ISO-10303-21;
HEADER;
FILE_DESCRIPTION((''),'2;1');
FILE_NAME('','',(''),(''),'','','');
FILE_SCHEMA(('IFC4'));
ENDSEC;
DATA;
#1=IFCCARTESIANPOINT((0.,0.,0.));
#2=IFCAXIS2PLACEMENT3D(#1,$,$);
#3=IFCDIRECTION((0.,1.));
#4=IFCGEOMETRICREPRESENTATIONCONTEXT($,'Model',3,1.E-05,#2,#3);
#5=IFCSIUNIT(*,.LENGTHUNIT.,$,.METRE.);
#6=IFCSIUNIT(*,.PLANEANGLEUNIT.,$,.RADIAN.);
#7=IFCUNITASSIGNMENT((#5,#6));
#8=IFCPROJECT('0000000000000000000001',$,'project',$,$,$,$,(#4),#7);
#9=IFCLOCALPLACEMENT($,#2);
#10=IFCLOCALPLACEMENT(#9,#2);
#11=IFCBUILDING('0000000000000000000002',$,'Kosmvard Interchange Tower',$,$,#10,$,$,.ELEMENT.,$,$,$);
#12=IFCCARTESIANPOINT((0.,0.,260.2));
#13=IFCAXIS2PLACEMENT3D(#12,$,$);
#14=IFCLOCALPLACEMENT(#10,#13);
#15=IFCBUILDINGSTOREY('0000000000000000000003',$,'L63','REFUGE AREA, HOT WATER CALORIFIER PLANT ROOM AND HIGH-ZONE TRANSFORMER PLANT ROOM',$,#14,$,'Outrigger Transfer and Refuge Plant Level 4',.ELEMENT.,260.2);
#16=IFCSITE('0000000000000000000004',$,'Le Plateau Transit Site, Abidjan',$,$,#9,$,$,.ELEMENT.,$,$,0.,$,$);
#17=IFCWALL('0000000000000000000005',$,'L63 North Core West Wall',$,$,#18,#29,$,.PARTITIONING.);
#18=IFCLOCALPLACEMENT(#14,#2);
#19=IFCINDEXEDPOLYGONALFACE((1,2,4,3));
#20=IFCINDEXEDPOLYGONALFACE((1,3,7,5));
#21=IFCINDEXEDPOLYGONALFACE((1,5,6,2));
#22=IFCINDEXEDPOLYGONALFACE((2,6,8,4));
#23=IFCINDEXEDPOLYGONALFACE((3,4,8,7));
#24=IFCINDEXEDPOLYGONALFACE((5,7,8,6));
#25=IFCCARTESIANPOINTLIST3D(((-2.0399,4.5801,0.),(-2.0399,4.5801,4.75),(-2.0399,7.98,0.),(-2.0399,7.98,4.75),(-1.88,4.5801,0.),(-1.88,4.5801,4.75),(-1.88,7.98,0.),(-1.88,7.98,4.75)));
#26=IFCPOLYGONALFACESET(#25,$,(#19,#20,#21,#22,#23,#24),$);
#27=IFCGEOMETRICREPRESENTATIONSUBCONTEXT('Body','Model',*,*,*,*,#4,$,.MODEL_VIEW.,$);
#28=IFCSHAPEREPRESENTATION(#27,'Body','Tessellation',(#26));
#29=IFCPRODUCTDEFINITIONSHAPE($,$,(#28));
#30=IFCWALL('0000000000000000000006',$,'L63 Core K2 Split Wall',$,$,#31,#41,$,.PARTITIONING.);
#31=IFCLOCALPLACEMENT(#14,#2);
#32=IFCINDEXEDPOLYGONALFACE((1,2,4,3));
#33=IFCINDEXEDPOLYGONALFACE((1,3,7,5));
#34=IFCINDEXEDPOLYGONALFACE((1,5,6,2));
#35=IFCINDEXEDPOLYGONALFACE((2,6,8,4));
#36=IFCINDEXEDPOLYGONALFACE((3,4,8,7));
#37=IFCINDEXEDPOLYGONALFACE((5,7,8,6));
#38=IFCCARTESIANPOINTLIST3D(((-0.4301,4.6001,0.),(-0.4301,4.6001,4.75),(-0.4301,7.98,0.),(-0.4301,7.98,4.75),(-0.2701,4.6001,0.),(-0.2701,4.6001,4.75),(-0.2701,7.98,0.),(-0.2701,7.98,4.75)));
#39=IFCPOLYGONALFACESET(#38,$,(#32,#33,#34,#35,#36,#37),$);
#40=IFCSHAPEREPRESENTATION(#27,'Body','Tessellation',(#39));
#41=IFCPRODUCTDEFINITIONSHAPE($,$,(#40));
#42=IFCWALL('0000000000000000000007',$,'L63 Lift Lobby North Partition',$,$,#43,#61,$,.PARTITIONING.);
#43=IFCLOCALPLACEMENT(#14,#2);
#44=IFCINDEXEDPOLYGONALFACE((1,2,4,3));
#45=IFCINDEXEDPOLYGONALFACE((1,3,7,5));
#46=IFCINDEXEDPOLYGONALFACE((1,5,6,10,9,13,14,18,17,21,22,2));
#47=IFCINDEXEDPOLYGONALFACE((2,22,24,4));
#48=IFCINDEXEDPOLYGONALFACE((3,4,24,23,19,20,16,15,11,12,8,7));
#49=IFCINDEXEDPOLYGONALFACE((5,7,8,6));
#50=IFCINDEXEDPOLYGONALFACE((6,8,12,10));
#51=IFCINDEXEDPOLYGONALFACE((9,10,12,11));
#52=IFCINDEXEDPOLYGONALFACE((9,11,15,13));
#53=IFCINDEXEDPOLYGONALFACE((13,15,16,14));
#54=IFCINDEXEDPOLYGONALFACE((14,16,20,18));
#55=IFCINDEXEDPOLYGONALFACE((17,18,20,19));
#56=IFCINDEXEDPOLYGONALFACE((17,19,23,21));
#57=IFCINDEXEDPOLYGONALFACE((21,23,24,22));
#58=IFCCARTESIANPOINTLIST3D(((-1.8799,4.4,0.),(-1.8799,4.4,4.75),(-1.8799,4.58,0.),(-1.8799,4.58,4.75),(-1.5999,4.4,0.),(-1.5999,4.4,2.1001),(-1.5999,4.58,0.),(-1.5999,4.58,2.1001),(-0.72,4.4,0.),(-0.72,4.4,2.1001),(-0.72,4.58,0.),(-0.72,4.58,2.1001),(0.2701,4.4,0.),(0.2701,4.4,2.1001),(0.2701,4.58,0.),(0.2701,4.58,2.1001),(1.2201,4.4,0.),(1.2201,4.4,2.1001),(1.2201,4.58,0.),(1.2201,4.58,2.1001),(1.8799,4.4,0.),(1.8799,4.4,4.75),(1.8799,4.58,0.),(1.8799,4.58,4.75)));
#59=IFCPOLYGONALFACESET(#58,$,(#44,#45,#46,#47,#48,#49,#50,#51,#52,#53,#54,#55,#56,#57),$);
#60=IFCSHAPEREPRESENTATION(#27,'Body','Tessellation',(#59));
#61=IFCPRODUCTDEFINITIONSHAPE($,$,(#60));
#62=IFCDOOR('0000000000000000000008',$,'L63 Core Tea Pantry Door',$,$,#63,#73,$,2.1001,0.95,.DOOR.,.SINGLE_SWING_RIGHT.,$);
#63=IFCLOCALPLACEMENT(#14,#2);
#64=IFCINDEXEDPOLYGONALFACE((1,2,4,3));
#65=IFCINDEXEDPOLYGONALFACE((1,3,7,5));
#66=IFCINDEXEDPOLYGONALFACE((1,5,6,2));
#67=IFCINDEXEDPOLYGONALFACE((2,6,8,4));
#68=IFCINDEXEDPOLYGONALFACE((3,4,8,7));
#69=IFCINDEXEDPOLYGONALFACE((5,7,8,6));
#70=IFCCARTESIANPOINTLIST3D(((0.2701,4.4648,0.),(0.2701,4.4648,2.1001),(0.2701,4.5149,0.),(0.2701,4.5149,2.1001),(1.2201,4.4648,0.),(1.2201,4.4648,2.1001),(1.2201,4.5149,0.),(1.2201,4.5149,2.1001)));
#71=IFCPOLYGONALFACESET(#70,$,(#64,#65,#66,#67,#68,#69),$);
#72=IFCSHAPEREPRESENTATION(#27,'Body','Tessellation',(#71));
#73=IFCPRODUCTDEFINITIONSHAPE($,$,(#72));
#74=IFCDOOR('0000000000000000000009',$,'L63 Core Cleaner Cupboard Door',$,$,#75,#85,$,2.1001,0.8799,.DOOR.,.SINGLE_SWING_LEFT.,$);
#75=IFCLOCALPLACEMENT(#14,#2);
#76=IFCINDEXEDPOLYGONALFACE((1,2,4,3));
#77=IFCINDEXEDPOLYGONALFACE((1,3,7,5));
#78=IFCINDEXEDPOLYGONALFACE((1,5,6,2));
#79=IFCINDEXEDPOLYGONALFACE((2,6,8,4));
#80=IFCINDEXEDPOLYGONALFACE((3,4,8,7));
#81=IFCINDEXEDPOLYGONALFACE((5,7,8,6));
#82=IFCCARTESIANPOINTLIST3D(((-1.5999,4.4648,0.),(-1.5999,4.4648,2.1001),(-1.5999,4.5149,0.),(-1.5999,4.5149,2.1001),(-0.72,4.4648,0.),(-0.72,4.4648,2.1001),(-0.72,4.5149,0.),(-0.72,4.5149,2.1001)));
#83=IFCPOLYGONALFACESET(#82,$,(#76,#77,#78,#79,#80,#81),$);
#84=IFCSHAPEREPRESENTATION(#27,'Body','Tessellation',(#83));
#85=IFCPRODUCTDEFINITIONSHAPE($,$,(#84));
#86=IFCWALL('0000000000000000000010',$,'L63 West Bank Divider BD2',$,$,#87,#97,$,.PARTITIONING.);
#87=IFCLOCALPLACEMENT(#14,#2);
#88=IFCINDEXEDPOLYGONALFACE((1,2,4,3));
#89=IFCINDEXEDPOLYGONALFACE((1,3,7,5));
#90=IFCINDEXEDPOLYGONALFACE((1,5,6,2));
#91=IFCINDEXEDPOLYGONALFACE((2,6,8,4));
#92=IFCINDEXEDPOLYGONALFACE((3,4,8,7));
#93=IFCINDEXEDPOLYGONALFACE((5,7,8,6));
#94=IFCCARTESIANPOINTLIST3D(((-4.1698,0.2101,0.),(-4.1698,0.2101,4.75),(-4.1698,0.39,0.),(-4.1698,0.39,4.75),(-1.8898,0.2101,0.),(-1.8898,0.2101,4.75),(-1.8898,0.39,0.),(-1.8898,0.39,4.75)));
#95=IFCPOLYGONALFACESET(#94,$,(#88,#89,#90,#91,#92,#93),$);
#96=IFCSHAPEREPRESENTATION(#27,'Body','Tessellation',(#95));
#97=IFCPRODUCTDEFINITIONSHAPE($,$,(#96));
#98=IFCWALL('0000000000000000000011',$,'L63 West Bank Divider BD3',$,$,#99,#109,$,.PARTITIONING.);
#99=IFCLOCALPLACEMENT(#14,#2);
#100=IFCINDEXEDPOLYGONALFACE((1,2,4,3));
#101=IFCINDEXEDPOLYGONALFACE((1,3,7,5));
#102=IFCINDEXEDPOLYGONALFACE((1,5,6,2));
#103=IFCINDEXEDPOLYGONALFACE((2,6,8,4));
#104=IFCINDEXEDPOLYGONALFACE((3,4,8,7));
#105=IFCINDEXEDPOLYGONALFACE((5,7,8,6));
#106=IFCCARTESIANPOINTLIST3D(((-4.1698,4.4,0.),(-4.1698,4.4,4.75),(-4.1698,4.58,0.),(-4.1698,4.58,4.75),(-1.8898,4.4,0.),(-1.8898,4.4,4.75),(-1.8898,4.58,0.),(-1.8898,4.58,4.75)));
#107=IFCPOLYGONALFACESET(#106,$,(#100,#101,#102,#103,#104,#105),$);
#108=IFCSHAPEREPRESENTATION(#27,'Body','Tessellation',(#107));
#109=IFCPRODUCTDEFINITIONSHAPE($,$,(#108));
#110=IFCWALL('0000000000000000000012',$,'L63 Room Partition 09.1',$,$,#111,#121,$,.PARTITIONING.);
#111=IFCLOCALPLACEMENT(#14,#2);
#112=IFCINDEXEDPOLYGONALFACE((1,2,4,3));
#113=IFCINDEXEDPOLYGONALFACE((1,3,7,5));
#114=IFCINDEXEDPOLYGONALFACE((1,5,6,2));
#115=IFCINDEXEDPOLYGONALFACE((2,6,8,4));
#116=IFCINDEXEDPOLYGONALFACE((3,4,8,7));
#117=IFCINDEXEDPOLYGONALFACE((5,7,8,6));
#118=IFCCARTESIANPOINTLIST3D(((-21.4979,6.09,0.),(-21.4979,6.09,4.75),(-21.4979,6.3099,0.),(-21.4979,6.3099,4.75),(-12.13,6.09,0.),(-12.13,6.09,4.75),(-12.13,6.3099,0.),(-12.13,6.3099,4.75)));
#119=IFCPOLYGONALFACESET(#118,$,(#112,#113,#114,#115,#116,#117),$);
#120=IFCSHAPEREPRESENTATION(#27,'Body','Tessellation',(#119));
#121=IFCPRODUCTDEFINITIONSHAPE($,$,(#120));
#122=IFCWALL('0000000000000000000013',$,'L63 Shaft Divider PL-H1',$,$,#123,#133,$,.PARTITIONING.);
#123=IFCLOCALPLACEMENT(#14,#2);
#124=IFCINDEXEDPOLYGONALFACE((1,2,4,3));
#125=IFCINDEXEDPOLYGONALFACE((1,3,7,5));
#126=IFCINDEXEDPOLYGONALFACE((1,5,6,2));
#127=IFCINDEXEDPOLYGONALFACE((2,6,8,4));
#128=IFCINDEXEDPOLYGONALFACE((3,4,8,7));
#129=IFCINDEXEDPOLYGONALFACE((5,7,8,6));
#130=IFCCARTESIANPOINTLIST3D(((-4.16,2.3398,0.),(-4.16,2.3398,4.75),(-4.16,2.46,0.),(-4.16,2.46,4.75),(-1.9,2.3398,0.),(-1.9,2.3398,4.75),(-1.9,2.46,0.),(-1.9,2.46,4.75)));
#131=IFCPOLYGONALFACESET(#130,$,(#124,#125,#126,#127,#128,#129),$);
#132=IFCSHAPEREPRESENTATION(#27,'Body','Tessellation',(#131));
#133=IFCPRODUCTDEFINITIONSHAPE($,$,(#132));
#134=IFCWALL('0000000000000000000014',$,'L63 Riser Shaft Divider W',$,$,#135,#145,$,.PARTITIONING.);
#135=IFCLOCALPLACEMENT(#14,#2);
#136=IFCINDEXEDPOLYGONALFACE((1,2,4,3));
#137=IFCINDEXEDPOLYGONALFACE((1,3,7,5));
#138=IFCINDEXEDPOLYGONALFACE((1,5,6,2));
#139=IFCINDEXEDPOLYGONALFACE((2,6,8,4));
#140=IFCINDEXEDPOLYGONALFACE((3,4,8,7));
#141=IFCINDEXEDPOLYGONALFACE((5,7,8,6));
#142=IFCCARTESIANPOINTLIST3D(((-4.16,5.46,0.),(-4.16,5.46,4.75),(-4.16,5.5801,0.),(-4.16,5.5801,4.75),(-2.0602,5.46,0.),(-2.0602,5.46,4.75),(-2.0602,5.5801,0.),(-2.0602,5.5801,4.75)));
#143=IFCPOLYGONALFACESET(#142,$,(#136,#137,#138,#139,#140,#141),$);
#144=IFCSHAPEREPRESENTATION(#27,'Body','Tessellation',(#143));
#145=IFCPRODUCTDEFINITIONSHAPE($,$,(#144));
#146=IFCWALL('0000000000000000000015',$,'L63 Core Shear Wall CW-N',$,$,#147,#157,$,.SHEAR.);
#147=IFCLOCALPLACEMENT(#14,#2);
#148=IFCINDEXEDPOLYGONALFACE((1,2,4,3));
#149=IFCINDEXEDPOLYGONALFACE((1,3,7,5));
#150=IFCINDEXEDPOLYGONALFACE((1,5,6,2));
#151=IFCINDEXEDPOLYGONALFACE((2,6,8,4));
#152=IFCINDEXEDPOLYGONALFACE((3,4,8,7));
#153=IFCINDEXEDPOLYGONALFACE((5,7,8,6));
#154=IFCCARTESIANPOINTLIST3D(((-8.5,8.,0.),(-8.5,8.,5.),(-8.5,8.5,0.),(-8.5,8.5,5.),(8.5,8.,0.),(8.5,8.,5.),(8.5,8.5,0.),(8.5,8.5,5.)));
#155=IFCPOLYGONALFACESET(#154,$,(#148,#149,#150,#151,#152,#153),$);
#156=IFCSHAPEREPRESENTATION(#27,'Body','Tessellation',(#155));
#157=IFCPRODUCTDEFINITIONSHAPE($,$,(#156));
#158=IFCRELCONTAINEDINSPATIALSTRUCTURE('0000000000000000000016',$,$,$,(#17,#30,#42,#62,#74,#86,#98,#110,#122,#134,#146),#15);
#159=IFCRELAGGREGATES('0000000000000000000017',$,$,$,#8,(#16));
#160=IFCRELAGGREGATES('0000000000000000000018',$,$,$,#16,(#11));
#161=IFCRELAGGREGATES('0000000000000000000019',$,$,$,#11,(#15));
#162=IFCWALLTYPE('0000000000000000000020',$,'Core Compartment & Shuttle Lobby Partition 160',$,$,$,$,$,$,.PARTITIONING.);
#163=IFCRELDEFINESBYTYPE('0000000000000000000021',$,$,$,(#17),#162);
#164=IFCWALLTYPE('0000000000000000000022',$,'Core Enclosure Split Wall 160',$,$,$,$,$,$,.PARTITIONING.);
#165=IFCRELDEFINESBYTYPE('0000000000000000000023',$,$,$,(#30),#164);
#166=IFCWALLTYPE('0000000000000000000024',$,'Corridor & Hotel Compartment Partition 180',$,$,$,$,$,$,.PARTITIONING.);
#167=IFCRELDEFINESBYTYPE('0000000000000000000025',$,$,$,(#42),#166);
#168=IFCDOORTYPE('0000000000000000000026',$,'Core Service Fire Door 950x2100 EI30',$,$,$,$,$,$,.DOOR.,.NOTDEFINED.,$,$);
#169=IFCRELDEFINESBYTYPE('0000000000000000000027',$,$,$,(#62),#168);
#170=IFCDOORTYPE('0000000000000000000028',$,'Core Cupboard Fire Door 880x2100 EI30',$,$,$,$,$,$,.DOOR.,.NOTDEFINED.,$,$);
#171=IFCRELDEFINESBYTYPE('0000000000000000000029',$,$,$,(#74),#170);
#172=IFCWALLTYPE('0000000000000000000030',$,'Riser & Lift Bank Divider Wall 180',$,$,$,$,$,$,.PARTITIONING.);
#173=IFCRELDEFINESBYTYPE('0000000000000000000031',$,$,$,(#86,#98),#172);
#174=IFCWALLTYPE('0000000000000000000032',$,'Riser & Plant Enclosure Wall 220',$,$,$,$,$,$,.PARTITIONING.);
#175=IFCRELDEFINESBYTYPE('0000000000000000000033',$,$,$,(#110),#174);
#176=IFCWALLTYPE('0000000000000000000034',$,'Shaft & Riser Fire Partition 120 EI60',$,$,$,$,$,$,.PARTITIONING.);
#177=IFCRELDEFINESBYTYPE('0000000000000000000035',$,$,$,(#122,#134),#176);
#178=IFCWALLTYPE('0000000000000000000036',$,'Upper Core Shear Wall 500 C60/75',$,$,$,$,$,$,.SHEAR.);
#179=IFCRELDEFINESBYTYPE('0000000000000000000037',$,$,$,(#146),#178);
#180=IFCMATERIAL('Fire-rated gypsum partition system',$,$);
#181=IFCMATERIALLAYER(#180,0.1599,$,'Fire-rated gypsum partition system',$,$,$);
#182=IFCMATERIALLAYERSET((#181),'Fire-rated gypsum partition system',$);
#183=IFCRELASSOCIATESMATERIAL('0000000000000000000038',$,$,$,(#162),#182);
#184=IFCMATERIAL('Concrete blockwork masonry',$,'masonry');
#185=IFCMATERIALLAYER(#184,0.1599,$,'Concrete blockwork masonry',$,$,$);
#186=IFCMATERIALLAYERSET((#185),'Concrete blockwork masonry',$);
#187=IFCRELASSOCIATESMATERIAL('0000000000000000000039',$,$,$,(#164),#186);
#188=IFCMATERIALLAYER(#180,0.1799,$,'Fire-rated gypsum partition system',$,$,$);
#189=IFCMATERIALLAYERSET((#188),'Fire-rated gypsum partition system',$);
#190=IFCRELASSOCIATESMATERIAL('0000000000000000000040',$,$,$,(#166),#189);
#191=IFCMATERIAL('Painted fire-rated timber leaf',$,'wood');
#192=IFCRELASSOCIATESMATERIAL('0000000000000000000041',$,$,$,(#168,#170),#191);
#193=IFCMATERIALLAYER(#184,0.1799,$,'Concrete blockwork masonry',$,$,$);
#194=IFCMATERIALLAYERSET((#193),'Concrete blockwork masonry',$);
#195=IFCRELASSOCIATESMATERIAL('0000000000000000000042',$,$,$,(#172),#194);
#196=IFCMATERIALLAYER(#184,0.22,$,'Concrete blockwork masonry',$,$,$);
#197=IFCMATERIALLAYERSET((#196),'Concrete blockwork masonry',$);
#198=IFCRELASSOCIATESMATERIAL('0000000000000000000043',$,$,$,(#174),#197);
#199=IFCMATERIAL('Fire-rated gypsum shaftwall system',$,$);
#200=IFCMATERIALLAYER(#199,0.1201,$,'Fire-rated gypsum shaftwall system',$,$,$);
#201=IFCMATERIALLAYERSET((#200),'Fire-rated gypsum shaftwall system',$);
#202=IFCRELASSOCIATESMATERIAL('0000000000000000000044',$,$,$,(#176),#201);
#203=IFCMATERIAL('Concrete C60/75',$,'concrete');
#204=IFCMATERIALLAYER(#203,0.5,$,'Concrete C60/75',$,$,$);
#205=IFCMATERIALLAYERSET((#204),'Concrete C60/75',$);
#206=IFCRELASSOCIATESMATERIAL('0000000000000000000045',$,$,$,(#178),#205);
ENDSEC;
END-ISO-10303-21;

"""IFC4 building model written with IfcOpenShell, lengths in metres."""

from ifc_helpers import new_model, si_unit, direction, frame, frame_2d, origin, place, context, subcontext, project, spatial, rectangle, extrude, source, transform, mapped, material, layer, layer_set, type_object, element, fill, save


model = new_model("IFC4")

# Units and contexts
model_context = context("Model", 3, precision=1e-05, world=origin(), true_north=direction((0.0, 1.0)))
body_context = subcontext(model_context, "Body", "Model", "MODEL_VIEW")
ifc_project = project(units=[si_unit("LENGTHUNIT", "METRE"), si_unit("PLANEANGLEUNIT", "RADIAN")], contexts=[model_context])

# Site, building, storey
site_placement = place(None, origin())
site = spatial("IfcSite", under=ifc_project, at=site_placement, Name="Le Plateau Transit Site, Abidjan", CompositionType="ELEMENT", RefElevation=0.0)
building_placement = place(site_placement, origin())
building = spatial("IfcBuilding", under=site, at=building_placement, Name="Kosmvard Interchange Tower", CompositionType="ELEMENT")
storey_placement = place(building_placement, frame((0.0, 0.0, 260.2)))
storey = spatial("IfcBuildingStorey", under=building, at=storey_placement, Name="L63", Description="REFUGE AREA, HOT WATER CALORIFIER PLANT ROOM AND HIGH-ZONE TRANSFORMER PLANT ROOM", LongName="Outrigger Transfer and Refuge Plant Level 4", CompositionType="ELEMENT", Elevation=260.2)

# Walls
ifc_material_1 = material(Name="Fire-rated gypsum partition system")
ifc_layer_1 = layer(ifc_material_1, 0.1599, Name="Fire-rated gypsum partition system")
ifc_layer_set_1 = layer_set([ifc_layer_1], Name="Fire-rated gypsum partition system")
wall_type_1 = type_object("IfcWallType", Name="Core Compartment & Shuttle Lobby Partition 160", PredefinedType="PARTITIONING", material=ifc_layer_set_1)
wall_1_placement = place(storey_placement, frame((-1.96, 4.5801, 0.0), z_axis=(0.0, 0.0, 1.0), x_axis=(0.0, 1.0, 0.0)))
element("IfcWall", 1, at=wall_1_placement, inside=storey, type_object=wall_type_1, Name="L63 North Core West Wall", PredefinedType="PARTITIONING", context=body_context, shape_type="SweptSolid", body=[
    extrude(rectangle(XDim=3.3999, YDim=0.1599, at=frame_2d((1.7, 0.0))), origin(), (0.0, 0.0, 1.0), 4.75),
])
ifc_material_2 = material(Name="Concrete blockwork masonry", Category="masonry")
ifc_layer_2 = layer(ifc_material_2, 0.1599, Name="Concrete blockwork masonry")
ifc_layer_set_2 = layer_set([ifc_layer_2], Name="Concrete blockwork masonry")
wall_type_2 = type_object("IfcWallType", Name="Core Enclosure Split Wall 160", PredefinedType="PARTITIONING", material=ifc_layer_set_2)
wall_2_placement = place(storey_placement, frame((-0.3501, 4.6001, 0.0), z_axis=(0.0, 0.0, 1.0), x_axis=(0.0, 1.0, 0.0)))
element("IfcWall", 2, at=wall_2_placement, inside=storey, type_object=wall_type_2, Name="L63 Core K2 Split Wall", PredefinedType="PARTITIONING", context=body_context, shape_type="SweptSolid", body=[
    extrude(rectangle(XDim=3.3799, YDim=0.1599, at=frame_2d((1.6899, 0.0))), origin(), (0.0, 0.0, 1.0), 4.75),
])

# Wall, openings, doors
ifc_layer_3 = layer(ifc_material_1, 0.1799, Name="Fire-rated gypsum partition system")
ifc_layer_set_3 = layer_set([ifc_layer_3], Name="Fire-rated gypsum partition system")
wall_type_3 = type_object("IfcWallType", Name="Corridor & Hotel Compartment Partition 180", PredefinedType="PARTITIONING", material=ifc_layer_set_3)
wall_3_placement = place(storey_placement, frame((-1.8799, 4.49, 0.0), z_axis=(0.0, 0.0, 1.0), x_axis=(1.0, 0.0, 0.0)))
wall_3 = element("IfcWall", 3, at=wall_3_placement, inside=storey, type_object=wall_type_3, Name="L63 Lift Lobby North Partition", PredefinedType="PARTITIONING", context=body_context, shape_type="SweptSolid", body=[
    extrude(rectangle(XDim=3.7598, YDim=0.1799, at=frame_2d((1.8799, 0.0))), origin(), (0.0, 0.0, 1.0), 4.75),
])
opening_1_placement = place(wall_3_placement, frame((0.28, 0.0, 0.0)))
opening_1 = element("IfcOpeningElement", 4, at=opening_1_placement, cuts=wall_3, PredefinedType="OPENING", context=body_context, shape_type="SweptSolid", body=[
    extrude(rectangle(XDim=0.8799, YDim=2.1001, at=frame_2d((0.4399, 1.05))), frame((0.0, 0.1001, 0.0), z_axis=(0.0, -1.0, 0.0), x_axis=(1.0, 0.0, 0.0)), (0.0, 0.0, 1.0), 0.2),
])
opening_2_placement = place(wall_3_placement, frame((2.1499, 0.0, 0.0)))
opening_2 = element("IfcOpeningElement", 5, at=opening_2_placement, cuts=wall_3, PredefinedType="OPENING", context=body_context, shape_type="SweptSolid", body=[
    extrude(rectangle(XDim=0.95, YDim=2.1001, at=frame_2d((0.4751, 1.05))), frame((0.0, 0.1001, 0.0), z_axis=(0.0, -1.0, 0.0), x_axis=(1.0, 0.0, 0.0)), (0.0, 0.0, 1.0), 0.2),
])
ifc_material_3 = material(Name="Painted fire-rated timber leaf", Category="wood")
door_type_1 = type_object("IfcDoorType", Name="Core Service Fire Door 950x2100 EI30", OperationType="NOTDEFINED", PredefinedType="DOOR", material=ifc_material_3)
shared_shape_1 = source(origin(), body_context, "Body", "SweptSolid", [
    extrude(rectangle(XDim=0.95, YDim=2.1001, at=frame_2d((0.4751, 1.05))), frame((0.0, 0.0249, 0.0), z_axis=(0.0, -1.0, 0.0), x_axis=(1.0, 0.0, 0.0)), (0.0, 0.0, 1.0), 0.05),
])
door_1_placement = place(opening_2_placement, origin())
door_1 = element("IfcDoor", 6, at=door_1_placement, inside=storey, type_object=door_type_1, Name="L63 Core Tea Pantry Door", OperationType="SINGLE_SWING_RIGHT", OverallHeight=2.1001, OverallWidth=0.95, PredefinedType="DOOR", context=body_context, shape_type="MappedRepresentation", body=[
    mapped(shared_shape_1, transform((0.0, 0.0, 0.0), scale=1.0)),
])
fill(opening_2, door_1)
door_type_2 = type_object("IfcDoorType", Name="Core Cupboard Fire Door 880x2100 EI30", OperationType="NOTDEFINED", PredefinedType="DOOR", material=ifc_material_3)
shared_shape_2 = source(origin(), body_context, "Body", "SweptSolid", [
    extrude(rectangle(XDim=0.8799, YDim=2.1001, at=frame_2d((0.4399, 1.05))), frame((0.0, 0.0249, 0.0), z_axis=(0.0, -1.0, 0.0), x_axis=(1.0, 0.0, 0.0)), (0.0, 0.0, 1.0), 0.05),
])
door_2_placement = place(opening_1_placement, origin())
door_2 = element("IfcDoor", 7, at=door_2_placement, inside=storey, type_object=door_type_2, Name="L63 Core Cleaner Cupboard Door", OperationType="SINGLE_SWING_LEFT", OverallHeight=2.1001, OverallWidth=0.8799, PredefinedType="DOOR", context=body_context, shape_type="MappedRepresentation", body=[
    mapped(shared_shape_2, transform((0.0, 0.0, 0.0), scale=1.0)),
])
fill(opening_1, door_2)

# Walls
ifc_layer_4 = layer(ifc_material_2, 0.1799, Name="Concrete blockwork masonry")
ifc_layer_set_4 = layer_set([ifc_layer_4], Name="Concrete blockwork masonry")
wall_type_4 = type_object("IfcWallType", Name="Riser & Lift Bank Divider Wall 180", PredefinedType="PARTITIONING", material=ifc_layer_set_4)
for number, where, z_axis, x_axis, name in (
    (8, (-4.1699, 0.3, 0.0), (0.0, 0.0, 1.0), (1.0, 0.0, 0.0), "L63 West Bank Divider BD2"),
    (9, (-4.1699, 4.49, 0.0), (0.0, 0.0, 1.0), (1.0, 0.0, 0.0), "L63 West Bank Divider BD3"),
):
    element("IfcWall", number, at=place(storey_placement, frame(where, z_axis=z_axis, x_axis=x_axis)), inside=storey, type_object=wall_type_4, Name=name, PredefinedType="PARTITIONING", context=body_context, shape_type="SweptSolid", body=[
        extrude(rectangle(XDim=2.28, YDim=0.1799, at=frame_2d((1.1401, 0.0))), origin(), (0.0, 0.0, 1.0), 4.75),
    ])
ifc_layer_5 = layer(ifc_material_2, 0.22, Name="Concrete blockwork masonry")
ifc_layer_set_5 = layer_set([ifc_layer_5], Name="Concrete blockwork masonry")
wall_type_5 = type_object("IfcWallType", Name="Riser & Plant Enclosure Wall 220", PredefinedType="PARTITIONING", material=ifc_layer_set_5)
wall_4_placement = place(storey_placement, frame((-12.1299, 6.2, 0.0), z_axis=(0.0, 0.0, 1.0), x_axis=(-1.0, 0.0, 0.0)))
element("IfcWall", 10, at=wall_4_placement, inside=storey, type_object=wall_type_5, Name="L63 Room Partition 09.1", PredefinedType="PARTITIONING", context=body_context, shape_type="SweptSolid", body=[
    extrude(rectangle(XDim=9.3679, YDim=0.22, at=frame_2d((4.6841, 0.0))), origin(), (0.0, 0.0, 1.0), 4.75),
])
ifc_material_4 = material(Name="Fire-rated gypsum shaftwall system")
ifc_layer_6 = layer(ifc_material_4, 0.1201, Name="Fire-rated gypsum shaftwall system")
ifc_layer_set_6 = layer_set([ifc_layer_6], Name="Fire-rated gypsum shaftwall system")
wall_type_6 = type_object("IfcWallType", Name="Shaft & Riser Fire Partition 120 EI60", PredefinedType="PARTITIONING", material=ifc_layer_set_6)
wall_5_placement = place(storey_placement, frame((-4.1599, 2.3999, 0.0), z_axis=(0.0, 0.0, 1.0), x_axis=(1.0, 0.0, 0.0)))
element("IfcWall", 11, at=wall_5_placement, inside=storey, type_object=wall_type_6, Name="L63 Shaft Divider PL-H1", PredefinedType="PARTITIONING", context=body_context, shape_type="SweptSolid", body=[
    extrude(rectangle(XDim=2.26, YDim=0.1201, at=frame_2d((1.1299, 0.0))), origin(), (0.0, 0.0, 1.0), 4.75),
])
wall_6_placement = place(storey_placement, frame((-4.1599, 5.52, 0.0), z_axis=(0.0, 0.0, 1.0), x_axis=(1.0, 0.0, 0.0)))
element("IfcWall", 12, at=wall_6_placement, inside=storey, type_object=wall_type_6, Name="L63 Riser Shaft Divider W", PredefinedType="PARTITIONING", context=body_context, shape_type="SweptSolid", body=[
    extrude(rectangle(XDim=2.0999, YDim=0.1201, at=frame_2d((1.0498, 0.0))), origin(), (0.0, 0.0, 1.0), 4.75),
])
ifc_material_5 = material(Name="Concrete C60/75", Category="concrete")
ifc_layer_7 = layer(ifc_material_5, 0.5, Name="Concrete C60/75")
ifc_layer_set_7 = layer_set([ifc_layer_7], Name="Concrete C60/75")
wall_type_7 = type_object("IfcWallType", Name="Upper Core Shear Wall 500 C60/75", PredefinedType="SHEAR", material=ifc_layer_set_7)
wall_7_placement = place(storey_placement, frame((-8.5, 8.25, 0.0), z_axis=(0.0, 0.0, 1.0), x_axis=(1.0, 0.0, 0.0)))
element("IfcWall", 13, at=wall_7_placement, inside=storey, type_object=wall_type_7, Name="L63 Core Shear Wall CW-N", PredefinedType="SHEAR", context=body_context, shape_type="SweptSolid", body=[
    extrude(rectangle(XDim=17.0, YDim=0.5, at=frame_2d((8.5, 0.0))), origin(), (0.0, 0.0, 1.0), 5.0),
])

save(model, "model.ifc")
